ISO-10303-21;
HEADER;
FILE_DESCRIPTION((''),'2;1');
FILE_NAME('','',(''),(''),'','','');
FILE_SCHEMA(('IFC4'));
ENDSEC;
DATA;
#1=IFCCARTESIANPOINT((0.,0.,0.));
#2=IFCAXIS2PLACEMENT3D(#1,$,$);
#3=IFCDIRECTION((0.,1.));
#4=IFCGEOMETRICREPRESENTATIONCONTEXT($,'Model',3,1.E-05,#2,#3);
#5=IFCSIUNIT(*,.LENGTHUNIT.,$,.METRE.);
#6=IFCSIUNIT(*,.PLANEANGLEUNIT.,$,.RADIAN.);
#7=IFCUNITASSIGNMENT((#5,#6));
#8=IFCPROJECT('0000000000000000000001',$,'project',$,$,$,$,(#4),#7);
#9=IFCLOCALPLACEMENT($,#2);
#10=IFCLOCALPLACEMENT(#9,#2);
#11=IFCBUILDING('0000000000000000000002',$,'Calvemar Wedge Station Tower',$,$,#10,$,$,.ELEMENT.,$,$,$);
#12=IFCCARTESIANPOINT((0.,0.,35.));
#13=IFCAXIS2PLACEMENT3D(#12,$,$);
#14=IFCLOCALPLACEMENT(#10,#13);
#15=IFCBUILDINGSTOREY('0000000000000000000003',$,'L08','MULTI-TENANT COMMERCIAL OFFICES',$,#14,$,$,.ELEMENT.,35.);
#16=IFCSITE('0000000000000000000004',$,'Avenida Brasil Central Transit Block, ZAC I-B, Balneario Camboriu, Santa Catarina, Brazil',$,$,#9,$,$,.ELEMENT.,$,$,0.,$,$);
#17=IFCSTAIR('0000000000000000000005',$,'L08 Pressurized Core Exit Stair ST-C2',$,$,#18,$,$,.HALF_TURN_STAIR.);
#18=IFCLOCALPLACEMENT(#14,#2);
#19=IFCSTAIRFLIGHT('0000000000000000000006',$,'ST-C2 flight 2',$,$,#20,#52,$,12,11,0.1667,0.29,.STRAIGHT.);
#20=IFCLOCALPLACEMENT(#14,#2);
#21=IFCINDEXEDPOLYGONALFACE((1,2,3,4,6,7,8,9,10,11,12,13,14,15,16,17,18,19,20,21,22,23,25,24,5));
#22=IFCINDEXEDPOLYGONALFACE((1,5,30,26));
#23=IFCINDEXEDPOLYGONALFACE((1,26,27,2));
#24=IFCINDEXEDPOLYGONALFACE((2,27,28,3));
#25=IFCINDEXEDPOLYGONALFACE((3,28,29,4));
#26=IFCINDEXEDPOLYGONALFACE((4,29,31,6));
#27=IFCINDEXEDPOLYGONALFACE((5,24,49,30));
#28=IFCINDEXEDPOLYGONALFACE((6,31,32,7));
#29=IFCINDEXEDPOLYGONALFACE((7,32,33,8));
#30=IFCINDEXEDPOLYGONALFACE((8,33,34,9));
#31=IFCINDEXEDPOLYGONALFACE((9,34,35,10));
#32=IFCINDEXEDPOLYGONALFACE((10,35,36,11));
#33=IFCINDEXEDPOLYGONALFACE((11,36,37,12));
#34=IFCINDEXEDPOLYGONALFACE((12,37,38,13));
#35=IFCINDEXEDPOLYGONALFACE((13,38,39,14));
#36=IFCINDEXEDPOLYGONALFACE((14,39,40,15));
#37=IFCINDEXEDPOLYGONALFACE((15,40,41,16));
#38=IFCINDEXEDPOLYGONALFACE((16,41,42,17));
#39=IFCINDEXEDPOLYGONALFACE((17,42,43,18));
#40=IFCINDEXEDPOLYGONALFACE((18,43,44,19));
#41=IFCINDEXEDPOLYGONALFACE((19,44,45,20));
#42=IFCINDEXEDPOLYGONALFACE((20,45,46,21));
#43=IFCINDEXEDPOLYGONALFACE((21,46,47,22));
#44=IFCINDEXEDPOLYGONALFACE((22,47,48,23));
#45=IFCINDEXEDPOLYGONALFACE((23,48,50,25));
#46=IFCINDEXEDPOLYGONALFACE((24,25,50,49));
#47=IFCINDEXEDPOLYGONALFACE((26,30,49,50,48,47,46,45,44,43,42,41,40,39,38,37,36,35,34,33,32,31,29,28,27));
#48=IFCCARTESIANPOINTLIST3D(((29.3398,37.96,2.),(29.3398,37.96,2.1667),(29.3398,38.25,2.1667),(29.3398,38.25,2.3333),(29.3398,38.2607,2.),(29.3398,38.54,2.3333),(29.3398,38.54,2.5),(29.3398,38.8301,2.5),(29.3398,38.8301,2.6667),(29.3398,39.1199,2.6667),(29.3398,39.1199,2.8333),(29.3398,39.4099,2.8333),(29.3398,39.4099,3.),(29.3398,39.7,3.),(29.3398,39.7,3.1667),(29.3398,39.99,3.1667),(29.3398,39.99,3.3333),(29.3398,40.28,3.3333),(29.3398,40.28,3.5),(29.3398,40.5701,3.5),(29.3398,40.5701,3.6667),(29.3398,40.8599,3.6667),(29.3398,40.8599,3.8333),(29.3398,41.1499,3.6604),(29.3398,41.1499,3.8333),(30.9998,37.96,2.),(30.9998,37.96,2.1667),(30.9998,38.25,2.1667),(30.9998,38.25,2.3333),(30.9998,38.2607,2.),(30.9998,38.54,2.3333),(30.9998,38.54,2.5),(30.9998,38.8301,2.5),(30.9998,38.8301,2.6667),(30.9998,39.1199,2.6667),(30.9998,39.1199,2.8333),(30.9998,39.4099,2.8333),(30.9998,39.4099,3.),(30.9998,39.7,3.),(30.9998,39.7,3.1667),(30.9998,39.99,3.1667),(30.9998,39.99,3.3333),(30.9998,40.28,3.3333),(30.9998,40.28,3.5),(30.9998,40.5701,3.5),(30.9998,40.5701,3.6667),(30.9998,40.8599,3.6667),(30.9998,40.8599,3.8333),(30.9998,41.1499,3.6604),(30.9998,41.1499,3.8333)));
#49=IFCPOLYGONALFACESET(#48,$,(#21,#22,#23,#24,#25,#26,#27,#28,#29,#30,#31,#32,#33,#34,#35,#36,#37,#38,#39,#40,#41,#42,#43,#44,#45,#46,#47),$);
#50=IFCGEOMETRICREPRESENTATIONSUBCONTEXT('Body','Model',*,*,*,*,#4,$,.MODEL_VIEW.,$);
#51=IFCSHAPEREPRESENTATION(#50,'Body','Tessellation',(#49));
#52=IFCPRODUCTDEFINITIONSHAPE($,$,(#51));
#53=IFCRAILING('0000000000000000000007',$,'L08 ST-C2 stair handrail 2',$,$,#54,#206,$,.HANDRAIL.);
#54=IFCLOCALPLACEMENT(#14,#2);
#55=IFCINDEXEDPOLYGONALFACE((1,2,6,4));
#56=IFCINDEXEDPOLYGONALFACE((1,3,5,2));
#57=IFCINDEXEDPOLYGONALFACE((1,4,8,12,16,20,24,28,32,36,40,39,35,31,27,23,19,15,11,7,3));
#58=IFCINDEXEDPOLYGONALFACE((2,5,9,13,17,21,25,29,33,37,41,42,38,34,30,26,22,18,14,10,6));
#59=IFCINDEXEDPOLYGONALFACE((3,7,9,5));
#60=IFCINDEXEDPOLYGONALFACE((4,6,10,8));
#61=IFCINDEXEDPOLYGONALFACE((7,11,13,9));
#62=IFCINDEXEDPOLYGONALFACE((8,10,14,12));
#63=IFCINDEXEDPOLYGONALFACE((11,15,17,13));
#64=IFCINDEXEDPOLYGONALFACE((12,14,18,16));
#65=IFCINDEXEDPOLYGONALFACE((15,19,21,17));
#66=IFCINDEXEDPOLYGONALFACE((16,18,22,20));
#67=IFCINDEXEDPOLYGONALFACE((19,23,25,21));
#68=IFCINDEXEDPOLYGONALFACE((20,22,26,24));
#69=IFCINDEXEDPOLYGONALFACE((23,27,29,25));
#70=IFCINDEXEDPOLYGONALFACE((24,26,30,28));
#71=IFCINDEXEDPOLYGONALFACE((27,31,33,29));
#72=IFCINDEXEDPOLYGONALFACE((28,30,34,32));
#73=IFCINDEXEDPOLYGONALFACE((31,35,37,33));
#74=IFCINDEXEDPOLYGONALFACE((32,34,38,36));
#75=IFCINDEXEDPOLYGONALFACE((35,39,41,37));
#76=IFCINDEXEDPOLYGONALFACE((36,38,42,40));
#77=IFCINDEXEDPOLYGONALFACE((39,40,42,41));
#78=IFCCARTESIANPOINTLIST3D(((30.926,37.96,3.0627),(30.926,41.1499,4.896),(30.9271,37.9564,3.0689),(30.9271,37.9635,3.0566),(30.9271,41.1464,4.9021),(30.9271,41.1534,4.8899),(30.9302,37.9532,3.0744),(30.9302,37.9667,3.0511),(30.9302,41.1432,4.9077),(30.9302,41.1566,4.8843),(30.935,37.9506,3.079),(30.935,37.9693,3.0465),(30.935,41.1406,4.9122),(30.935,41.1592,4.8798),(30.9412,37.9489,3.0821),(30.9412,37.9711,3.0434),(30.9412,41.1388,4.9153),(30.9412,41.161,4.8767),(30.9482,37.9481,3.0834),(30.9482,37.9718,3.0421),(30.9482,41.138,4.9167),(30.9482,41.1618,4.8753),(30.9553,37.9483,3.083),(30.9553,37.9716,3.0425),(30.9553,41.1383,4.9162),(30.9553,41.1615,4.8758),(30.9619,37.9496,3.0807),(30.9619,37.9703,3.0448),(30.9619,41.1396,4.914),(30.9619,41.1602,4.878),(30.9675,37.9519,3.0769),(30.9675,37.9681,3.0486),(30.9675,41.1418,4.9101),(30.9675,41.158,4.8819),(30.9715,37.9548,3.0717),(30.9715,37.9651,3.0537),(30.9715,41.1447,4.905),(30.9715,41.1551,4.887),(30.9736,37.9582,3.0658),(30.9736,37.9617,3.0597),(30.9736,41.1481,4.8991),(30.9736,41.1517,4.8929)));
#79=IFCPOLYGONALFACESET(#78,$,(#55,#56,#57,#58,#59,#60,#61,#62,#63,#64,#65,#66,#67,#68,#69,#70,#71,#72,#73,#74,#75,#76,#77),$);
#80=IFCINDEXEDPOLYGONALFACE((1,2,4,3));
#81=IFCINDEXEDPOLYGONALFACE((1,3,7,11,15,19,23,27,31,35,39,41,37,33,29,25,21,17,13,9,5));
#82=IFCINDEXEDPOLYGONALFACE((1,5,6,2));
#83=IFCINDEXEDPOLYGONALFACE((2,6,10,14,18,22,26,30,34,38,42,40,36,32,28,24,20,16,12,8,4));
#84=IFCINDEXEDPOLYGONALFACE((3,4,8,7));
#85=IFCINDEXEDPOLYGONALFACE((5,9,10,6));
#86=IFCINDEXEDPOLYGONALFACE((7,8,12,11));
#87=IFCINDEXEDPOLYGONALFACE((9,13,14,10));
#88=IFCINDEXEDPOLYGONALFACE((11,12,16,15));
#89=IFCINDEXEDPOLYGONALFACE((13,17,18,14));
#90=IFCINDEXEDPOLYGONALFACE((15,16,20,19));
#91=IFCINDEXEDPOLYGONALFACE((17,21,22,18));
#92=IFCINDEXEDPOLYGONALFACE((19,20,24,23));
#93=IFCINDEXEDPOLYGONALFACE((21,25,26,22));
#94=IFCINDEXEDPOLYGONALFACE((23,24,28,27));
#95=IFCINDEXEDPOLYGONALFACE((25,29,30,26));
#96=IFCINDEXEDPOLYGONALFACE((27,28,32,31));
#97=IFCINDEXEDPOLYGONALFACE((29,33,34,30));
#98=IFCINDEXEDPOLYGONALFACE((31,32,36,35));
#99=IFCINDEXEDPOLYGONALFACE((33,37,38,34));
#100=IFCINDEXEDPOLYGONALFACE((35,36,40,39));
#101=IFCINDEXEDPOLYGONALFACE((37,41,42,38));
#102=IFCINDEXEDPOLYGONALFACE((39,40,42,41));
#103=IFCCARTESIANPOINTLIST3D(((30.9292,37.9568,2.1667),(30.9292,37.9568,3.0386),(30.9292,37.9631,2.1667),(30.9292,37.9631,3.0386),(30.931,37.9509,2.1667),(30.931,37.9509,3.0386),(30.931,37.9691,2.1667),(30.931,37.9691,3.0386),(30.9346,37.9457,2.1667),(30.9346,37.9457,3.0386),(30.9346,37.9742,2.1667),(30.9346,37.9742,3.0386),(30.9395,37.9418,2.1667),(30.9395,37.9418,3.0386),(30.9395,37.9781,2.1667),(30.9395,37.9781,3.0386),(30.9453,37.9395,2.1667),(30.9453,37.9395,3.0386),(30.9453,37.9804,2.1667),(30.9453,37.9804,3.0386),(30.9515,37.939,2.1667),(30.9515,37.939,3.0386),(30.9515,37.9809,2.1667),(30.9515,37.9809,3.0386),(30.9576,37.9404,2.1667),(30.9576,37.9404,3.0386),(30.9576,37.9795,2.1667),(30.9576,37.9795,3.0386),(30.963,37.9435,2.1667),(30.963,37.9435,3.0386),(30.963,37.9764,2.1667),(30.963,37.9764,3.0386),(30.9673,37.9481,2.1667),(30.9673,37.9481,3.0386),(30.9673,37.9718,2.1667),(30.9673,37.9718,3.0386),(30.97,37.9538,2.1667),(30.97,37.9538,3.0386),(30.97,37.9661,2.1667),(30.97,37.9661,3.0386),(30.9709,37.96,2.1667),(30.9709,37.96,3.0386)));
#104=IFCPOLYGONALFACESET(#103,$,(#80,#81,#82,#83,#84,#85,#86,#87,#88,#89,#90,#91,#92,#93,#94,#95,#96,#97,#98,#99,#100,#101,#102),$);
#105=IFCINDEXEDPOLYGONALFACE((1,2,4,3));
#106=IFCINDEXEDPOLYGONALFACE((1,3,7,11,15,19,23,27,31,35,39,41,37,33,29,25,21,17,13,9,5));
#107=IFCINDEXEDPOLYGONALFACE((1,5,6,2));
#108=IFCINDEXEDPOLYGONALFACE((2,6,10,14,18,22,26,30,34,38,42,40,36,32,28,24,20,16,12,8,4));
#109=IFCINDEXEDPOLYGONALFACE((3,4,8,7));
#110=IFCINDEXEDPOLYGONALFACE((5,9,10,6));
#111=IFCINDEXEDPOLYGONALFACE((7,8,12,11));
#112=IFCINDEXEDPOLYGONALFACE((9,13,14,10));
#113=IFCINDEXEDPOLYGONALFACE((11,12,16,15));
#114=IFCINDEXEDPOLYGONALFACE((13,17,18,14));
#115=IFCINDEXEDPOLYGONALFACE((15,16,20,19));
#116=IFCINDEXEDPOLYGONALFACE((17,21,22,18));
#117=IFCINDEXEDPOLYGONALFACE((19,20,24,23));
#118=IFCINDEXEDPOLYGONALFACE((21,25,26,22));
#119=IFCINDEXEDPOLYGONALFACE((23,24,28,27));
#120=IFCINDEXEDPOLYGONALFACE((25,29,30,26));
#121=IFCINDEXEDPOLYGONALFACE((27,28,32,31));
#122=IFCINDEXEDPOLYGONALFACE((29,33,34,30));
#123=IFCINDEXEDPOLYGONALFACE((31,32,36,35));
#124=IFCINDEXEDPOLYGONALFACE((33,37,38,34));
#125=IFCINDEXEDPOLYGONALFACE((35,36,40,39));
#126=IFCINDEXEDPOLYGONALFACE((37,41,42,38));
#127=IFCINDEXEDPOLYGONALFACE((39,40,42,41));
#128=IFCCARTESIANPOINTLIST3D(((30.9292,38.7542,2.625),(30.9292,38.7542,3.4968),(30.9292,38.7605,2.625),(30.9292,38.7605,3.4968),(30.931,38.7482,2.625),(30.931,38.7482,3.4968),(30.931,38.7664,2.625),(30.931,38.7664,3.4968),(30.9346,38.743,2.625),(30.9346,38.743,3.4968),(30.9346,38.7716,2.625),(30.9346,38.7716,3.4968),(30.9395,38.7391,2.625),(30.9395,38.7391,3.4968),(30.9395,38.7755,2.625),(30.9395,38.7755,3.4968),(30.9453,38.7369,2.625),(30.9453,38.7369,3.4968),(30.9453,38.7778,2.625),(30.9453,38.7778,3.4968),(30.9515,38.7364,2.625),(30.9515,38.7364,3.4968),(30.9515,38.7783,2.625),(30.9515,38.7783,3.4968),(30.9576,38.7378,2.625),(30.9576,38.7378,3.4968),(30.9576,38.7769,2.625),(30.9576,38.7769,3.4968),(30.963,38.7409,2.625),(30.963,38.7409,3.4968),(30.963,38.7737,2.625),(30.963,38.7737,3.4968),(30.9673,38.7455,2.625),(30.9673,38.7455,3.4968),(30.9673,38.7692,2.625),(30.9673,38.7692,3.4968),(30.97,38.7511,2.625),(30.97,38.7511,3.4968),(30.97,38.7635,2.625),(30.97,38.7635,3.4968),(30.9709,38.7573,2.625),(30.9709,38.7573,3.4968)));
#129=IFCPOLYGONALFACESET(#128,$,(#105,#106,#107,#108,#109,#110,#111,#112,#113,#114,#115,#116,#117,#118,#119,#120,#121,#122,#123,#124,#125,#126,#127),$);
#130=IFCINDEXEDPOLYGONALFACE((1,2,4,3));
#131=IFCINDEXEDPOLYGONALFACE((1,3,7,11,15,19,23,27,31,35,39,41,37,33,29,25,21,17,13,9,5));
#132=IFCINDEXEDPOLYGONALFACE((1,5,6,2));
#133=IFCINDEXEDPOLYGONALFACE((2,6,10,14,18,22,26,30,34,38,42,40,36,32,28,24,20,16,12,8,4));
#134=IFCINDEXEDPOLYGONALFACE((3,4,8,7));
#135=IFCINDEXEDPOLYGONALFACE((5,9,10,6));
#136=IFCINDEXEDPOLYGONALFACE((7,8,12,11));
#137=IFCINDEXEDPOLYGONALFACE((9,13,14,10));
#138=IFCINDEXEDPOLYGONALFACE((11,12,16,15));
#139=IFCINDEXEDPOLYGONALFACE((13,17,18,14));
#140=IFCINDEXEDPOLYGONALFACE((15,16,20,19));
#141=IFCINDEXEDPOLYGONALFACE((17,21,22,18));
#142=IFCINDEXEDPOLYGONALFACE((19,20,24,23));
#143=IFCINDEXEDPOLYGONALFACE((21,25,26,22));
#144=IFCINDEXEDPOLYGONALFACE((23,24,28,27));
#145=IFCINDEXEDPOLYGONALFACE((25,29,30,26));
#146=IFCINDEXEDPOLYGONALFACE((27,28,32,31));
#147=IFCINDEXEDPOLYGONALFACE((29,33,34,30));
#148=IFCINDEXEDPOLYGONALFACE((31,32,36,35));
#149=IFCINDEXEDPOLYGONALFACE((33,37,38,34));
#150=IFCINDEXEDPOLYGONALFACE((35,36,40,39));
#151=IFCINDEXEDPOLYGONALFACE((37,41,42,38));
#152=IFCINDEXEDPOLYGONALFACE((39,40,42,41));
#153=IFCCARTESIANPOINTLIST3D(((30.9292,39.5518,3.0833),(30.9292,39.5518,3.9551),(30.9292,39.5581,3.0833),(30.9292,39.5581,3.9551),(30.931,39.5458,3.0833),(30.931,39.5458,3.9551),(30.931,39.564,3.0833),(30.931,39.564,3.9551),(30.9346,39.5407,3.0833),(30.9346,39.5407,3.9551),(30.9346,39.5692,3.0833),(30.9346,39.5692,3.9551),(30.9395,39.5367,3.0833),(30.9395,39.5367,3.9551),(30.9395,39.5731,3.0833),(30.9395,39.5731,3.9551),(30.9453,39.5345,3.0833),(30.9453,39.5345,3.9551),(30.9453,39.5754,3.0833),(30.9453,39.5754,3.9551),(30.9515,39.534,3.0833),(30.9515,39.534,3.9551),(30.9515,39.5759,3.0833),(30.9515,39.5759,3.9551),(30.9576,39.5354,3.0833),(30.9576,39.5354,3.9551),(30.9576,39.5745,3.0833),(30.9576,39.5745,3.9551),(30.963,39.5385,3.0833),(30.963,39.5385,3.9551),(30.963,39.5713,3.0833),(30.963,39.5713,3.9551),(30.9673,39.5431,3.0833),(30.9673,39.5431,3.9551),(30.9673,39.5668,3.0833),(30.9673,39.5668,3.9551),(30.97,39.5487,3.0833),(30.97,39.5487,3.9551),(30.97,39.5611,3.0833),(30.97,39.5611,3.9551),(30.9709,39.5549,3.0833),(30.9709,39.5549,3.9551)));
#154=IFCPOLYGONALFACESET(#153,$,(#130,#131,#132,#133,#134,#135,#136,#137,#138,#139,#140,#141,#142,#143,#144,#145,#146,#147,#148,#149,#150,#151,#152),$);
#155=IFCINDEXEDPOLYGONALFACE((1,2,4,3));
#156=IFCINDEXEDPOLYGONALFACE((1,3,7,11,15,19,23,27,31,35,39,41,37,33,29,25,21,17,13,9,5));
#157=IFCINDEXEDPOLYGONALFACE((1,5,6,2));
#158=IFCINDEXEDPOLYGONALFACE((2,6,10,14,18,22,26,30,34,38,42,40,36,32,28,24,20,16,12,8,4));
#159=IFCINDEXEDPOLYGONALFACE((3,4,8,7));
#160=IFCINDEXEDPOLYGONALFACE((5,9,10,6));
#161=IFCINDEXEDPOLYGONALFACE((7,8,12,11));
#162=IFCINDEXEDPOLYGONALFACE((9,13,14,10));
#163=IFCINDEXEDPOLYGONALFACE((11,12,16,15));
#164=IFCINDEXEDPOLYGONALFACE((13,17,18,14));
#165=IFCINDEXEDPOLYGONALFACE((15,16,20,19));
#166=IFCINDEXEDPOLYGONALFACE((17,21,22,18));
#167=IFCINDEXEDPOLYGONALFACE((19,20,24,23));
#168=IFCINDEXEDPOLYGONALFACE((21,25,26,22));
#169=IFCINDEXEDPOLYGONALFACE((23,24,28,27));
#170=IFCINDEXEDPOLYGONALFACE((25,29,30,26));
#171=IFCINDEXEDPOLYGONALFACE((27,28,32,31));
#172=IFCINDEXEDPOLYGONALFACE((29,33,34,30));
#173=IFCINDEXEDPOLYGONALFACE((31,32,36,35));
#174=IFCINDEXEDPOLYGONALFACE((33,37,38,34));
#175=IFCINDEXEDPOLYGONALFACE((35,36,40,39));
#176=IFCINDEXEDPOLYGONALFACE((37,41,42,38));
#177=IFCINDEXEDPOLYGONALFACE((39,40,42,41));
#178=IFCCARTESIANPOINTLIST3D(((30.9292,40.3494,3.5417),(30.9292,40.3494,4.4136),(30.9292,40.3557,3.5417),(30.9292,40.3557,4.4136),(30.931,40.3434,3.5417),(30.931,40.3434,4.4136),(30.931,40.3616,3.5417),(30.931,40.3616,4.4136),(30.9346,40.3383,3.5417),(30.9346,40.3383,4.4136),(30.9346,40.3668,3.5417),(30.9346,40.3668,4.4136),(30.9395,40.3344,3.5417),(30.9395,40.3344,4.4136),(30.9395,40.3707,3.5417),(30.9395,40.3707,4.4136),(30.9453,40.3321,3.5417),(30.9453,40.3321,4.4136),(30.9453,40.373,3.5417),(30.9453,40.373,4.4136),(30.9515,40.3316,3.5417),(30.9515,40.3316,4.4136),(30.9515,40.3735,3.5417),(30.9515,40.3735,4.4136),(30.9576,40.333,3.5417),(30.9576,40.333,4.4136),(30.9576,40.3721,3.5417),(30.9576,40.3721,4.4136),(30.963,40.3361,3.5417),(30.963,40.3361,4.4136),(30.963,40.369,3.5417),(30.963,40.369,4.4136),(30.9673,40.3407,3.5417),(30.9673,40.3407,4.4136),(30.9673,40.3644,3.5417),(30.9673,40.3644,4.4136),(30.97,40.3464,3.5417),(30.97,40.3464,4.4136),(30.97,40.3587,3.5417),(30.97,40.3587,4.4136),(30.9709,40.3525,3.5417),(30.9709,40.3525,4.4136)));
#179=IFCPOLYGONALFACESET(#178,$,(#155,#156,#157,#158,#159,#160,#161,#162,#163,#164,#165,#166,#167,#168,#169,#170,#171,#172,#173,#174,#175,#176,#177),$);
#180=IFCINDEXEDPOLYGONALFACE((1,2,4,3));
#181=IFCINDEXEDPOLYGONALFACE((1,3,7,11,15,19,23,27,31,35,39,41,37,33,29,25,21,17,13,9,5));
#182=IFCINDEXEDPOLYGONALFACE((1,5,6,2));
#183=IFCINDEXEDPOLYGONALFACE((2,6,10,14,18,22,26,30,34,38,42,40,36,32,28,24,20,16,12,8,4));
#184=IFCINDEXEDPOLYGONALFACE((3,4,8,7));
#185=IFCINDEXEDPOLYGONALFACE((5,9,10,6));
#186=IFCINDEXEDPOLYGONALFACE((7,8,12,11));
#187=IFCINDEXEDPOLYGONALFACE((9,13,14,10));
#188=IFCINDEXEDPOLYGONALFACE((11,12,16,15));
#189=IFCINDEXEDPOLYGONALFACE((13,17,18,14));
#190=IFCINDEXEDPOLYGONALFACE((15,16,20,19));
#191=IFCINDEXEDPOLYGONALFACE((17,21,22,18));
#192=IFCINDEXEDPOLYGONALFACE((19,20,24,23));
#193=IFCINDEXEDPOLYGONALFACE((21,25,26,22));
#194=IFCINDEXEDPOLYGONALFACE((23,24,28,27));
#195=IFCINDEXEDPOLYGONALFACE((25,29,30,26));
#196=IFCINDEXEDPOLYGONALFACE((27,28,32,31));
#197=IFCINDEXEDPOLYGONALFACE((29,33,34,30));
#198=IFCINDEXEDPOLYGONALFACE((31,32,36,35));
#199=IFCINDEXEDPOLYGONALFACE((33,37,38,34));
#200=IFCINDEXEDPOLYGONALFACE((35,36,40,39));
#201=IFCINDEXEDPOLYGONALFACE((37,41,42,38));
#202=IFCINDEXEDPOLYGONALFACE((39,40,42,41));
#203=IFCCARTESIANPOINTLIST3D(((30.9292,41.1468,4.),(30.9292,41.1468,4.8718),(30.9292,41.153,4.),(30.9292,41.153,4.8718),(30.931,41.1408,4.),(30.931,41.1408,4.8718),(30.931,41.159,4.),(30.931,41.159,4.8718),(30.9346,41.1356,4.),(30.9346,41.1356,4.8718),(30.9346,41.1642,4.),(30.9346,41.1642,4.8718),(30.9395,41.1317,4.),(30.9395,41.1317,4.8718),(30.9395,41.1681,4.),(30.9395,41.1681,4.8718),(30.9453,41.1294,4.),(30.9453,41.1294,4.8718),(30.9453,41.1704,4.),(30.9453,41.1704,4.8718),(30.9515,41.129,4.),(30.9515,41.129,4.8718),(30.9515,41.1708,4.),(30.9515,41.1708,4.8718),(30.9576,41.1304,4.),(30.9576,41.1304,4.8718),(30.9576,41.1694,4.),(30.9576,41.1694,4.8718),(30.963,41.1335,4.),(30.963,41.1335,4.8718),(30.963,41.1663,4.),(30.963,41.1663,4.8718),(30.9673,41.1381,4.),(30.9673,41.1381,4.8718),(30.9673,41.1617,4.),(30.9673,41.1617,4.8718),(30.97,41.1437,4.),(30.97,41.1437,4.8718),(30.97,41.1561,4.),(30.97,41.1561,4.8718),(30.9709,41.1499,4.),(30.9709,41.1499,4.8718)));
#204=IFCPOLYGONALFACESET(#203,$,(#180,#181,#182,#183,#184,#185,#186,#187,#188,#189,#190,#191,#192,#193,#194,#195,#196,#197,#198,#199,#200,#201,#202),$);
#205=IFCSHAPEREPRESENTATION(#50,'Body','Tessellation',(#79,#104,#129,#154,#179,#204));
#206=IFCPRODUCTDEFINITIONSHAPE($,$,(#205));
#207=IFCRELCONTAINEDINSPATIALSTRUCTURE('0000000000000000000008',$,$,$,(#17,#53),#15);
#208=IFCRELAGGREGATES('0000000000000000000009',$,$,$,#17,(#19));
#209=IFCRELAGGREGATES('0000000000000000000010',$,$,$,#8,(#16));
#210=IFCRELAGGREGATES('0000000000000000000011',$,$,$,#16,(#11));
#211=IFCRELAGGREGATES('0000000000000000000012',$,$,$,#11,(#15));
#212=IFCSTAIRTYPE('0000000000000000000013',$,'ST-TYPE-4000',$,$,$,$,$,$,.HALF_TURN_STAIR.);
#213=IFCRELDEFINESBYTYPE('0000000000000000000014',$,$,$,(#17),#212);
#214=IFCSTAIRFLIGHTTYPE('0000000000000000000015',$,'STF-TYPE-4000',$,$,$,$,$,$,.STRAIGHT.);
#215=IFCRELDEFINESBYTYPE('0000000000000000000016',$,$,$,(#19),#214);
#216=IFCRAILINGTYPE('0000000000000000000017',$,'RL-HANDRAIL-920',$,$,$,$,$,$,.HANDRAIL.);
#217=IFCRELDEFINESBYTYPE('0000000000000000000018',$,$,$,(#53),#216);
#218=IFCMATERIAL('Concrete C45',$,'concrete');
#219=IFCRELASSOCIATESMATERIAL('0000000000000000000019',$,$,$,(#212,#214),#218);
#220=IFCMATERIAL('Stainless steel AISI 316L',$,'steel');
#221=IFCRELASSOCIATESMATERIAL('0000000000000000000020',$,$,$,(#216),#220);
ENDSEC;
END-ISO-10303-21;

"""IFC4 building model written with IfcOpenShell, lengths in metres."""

from ifc_helpers import new_model, si_unit, direction, frame, origin, origin_2d, place, context, subcontext, project, spatial, polyline, circle, outline, extrude, material, type_object, element, aggregate, save


model = new_model("IFC4")

# Units and contexts
model_context = context("Model", 3, precision=1e-05, world=origin(), true_north=direction((0.0, 1.0)))
body_context = subcontext(model_context, "Body", "Model", "MODEL_VIEW")
ifc_project = project(units=[si_unit("LENGTHUNIT", "METRE"), si_unit("PLANEANGLEUNIT", "RADIAN")], contexts=[model_context])

# Site, building, storey
site_placement = place(None, origin())
site = spatial("IfcSite", under=ifc_project, at=site_placement, Name="Avenida Brasil Central Transit Block, ZAC I-B, Balneario Camboriu, Santa Catarina, Brazil", CompositionType="ELEMENT", RefElevation=0.0)
building_placement = place(site_placement, origin())
building = spatial("IfcBuilding", under=site, at=building_placement, Name="Calvemar Wedge Station Tower", CompositionType="ELEMENT")
storey_placement = place(building_placement, frame((0.0, 0.0, 35.0)))
storey = spatial("IfcBuildingStorey", under=building, at=storey_placement, Name="L08", Description="MULTI-TENANT COMMERCIAL OFFICES", CompositionType="ELEMENT", Elevation=35.0)

# Stair, stair flight
ifc_material_1 = material(Name="Concrete C45", Category="concrete")
stair_type = type_object("IfcStairType", Name="ST-TYPE-4000", PredefinedType="HALF_TURN_STAIR", material=ifc_material_1)
stair_placement = place(storey_placement, origin())
stair = element("IfcStair", 1, at=stair_placement, inside=storey, type_object=stair_type, Name="L08 Pressurized Core Exit Stair ST-C2", PredefinedType="HALF_TURN_STAIR")
stair_flight_type = type_object("IfcStairFlightType", Name="STF-TYPE-4000", PredefinedType="STRAIGHT", material=ifc_material_1)
stair_flight_placement = place(storey_placement, frame((30.1699, 37.96, 2.0), z_axis=(0.0, 0.0, 1.0), x_axis=(0.0, 1.0, 0.0)))
stair_flight = element("IfcStairFlight", 2, at=stair_flight_placement, type_object=stair_flight_type, Name="ST-C2 flight 2", NumberOfRisers=12, NumberOfTreads=11, PredefinedType="STRAIGHT", RiserHeight=0.1667, TreadLength=0.29, context=body_context, shape_type="SweptSolid", body=[
    extrude(outline(polyline([(0.0, 0.0), (0.0, 0.1667), (0.29, 0.1667), (0.29, 0.3333), (0.5801, 0.3333), (0.5801, 0.5), (0.8701, 0.5), (0.8701, 0.6667), (1.1599, 0.6667), (1.1599, 0.8333), (1.45, 0.8333), (1.45, 1.0), (1.74, 1.0), (1.74, 1.1667), (2.03, 1.1667), (2.03, 1.3333), (2.3201, 1.3333), (2.3201, 1.5), (2.6101, 1.5), (2.6101, 1.6667), (2.8999, 1.6667), (2.8999, 1.8333), (3.1899, 1.8333), (3.1899, 2.0), (3.1899, 1.6604), (0.3008, 0.0), (0.0, 0.0)])), frame((0.0, 0.8301, 0.0), z_axis=(0.0, -1.0, 0.0), x_axis=(1.0, 0.0, 0.0)), (0.0, 0.0, 1.0), 1.6599),
])
aggregate(stair, [stair_flight])

# Railing
ifc_material_2 = material(Name="Stainless steel AISI 316L", Category="steel")
railing_type_1 = type_object("IfcRailingType", Name="RL-HANDRAIL-920", PredefinedType="HANDRAIL", material=ifc_material_2)
railing_1_placement = place(storey_placement, frame((30.95, 37.96, 2.1667)))
element("IfcRailing", 3, at=railing_1_placement, inside=storey, type_object=railing_type_1, Name="L08 ST-C2 stair handrail 2", PredefinedType="HANDRAIL", context=body_context, shape_type="SweptSolid", body=[
    extrude(circle(Radius=0.0239, at=origin_2d()), frame((0.0, 0.0, 0.896), z_axis=(0.0, 0.86702, 0.498274), x_axis=(-1.0, 0.0, 0.0)), (0.0, 0.0, 1.0), 3.6792),
    extrude(circle(Radius=0.021, at=origin_2d()), origin(), (0.0, 0.0, 1.0), 0.8718),
    extrude(circle(Radius=0.021, at=origin_2d()), frame((0.0, 0.7974, 0.4583)), (0.0, 0.0, 1.0), 0.8718),
    extrude(circle(Radius=0.021, at=origin_2d()), frame((0.0, 1.595, 0.9165)), (0.0, 0.0, 1.0), 0.8718),
    extrude(circle(Radius=0.021, at=origin_2d()), frame((0.0, 2.3926, 1.375)), (0.0, 0.0, 1.0), 0.8718),
    extrude(circle(Radius=0.021, at=origin_2d()), frame((0.0, 3.1899, 1.8333)), (0.0, 0.0, 1.0), 0.8718),
])

save(model, "model.ifc")
